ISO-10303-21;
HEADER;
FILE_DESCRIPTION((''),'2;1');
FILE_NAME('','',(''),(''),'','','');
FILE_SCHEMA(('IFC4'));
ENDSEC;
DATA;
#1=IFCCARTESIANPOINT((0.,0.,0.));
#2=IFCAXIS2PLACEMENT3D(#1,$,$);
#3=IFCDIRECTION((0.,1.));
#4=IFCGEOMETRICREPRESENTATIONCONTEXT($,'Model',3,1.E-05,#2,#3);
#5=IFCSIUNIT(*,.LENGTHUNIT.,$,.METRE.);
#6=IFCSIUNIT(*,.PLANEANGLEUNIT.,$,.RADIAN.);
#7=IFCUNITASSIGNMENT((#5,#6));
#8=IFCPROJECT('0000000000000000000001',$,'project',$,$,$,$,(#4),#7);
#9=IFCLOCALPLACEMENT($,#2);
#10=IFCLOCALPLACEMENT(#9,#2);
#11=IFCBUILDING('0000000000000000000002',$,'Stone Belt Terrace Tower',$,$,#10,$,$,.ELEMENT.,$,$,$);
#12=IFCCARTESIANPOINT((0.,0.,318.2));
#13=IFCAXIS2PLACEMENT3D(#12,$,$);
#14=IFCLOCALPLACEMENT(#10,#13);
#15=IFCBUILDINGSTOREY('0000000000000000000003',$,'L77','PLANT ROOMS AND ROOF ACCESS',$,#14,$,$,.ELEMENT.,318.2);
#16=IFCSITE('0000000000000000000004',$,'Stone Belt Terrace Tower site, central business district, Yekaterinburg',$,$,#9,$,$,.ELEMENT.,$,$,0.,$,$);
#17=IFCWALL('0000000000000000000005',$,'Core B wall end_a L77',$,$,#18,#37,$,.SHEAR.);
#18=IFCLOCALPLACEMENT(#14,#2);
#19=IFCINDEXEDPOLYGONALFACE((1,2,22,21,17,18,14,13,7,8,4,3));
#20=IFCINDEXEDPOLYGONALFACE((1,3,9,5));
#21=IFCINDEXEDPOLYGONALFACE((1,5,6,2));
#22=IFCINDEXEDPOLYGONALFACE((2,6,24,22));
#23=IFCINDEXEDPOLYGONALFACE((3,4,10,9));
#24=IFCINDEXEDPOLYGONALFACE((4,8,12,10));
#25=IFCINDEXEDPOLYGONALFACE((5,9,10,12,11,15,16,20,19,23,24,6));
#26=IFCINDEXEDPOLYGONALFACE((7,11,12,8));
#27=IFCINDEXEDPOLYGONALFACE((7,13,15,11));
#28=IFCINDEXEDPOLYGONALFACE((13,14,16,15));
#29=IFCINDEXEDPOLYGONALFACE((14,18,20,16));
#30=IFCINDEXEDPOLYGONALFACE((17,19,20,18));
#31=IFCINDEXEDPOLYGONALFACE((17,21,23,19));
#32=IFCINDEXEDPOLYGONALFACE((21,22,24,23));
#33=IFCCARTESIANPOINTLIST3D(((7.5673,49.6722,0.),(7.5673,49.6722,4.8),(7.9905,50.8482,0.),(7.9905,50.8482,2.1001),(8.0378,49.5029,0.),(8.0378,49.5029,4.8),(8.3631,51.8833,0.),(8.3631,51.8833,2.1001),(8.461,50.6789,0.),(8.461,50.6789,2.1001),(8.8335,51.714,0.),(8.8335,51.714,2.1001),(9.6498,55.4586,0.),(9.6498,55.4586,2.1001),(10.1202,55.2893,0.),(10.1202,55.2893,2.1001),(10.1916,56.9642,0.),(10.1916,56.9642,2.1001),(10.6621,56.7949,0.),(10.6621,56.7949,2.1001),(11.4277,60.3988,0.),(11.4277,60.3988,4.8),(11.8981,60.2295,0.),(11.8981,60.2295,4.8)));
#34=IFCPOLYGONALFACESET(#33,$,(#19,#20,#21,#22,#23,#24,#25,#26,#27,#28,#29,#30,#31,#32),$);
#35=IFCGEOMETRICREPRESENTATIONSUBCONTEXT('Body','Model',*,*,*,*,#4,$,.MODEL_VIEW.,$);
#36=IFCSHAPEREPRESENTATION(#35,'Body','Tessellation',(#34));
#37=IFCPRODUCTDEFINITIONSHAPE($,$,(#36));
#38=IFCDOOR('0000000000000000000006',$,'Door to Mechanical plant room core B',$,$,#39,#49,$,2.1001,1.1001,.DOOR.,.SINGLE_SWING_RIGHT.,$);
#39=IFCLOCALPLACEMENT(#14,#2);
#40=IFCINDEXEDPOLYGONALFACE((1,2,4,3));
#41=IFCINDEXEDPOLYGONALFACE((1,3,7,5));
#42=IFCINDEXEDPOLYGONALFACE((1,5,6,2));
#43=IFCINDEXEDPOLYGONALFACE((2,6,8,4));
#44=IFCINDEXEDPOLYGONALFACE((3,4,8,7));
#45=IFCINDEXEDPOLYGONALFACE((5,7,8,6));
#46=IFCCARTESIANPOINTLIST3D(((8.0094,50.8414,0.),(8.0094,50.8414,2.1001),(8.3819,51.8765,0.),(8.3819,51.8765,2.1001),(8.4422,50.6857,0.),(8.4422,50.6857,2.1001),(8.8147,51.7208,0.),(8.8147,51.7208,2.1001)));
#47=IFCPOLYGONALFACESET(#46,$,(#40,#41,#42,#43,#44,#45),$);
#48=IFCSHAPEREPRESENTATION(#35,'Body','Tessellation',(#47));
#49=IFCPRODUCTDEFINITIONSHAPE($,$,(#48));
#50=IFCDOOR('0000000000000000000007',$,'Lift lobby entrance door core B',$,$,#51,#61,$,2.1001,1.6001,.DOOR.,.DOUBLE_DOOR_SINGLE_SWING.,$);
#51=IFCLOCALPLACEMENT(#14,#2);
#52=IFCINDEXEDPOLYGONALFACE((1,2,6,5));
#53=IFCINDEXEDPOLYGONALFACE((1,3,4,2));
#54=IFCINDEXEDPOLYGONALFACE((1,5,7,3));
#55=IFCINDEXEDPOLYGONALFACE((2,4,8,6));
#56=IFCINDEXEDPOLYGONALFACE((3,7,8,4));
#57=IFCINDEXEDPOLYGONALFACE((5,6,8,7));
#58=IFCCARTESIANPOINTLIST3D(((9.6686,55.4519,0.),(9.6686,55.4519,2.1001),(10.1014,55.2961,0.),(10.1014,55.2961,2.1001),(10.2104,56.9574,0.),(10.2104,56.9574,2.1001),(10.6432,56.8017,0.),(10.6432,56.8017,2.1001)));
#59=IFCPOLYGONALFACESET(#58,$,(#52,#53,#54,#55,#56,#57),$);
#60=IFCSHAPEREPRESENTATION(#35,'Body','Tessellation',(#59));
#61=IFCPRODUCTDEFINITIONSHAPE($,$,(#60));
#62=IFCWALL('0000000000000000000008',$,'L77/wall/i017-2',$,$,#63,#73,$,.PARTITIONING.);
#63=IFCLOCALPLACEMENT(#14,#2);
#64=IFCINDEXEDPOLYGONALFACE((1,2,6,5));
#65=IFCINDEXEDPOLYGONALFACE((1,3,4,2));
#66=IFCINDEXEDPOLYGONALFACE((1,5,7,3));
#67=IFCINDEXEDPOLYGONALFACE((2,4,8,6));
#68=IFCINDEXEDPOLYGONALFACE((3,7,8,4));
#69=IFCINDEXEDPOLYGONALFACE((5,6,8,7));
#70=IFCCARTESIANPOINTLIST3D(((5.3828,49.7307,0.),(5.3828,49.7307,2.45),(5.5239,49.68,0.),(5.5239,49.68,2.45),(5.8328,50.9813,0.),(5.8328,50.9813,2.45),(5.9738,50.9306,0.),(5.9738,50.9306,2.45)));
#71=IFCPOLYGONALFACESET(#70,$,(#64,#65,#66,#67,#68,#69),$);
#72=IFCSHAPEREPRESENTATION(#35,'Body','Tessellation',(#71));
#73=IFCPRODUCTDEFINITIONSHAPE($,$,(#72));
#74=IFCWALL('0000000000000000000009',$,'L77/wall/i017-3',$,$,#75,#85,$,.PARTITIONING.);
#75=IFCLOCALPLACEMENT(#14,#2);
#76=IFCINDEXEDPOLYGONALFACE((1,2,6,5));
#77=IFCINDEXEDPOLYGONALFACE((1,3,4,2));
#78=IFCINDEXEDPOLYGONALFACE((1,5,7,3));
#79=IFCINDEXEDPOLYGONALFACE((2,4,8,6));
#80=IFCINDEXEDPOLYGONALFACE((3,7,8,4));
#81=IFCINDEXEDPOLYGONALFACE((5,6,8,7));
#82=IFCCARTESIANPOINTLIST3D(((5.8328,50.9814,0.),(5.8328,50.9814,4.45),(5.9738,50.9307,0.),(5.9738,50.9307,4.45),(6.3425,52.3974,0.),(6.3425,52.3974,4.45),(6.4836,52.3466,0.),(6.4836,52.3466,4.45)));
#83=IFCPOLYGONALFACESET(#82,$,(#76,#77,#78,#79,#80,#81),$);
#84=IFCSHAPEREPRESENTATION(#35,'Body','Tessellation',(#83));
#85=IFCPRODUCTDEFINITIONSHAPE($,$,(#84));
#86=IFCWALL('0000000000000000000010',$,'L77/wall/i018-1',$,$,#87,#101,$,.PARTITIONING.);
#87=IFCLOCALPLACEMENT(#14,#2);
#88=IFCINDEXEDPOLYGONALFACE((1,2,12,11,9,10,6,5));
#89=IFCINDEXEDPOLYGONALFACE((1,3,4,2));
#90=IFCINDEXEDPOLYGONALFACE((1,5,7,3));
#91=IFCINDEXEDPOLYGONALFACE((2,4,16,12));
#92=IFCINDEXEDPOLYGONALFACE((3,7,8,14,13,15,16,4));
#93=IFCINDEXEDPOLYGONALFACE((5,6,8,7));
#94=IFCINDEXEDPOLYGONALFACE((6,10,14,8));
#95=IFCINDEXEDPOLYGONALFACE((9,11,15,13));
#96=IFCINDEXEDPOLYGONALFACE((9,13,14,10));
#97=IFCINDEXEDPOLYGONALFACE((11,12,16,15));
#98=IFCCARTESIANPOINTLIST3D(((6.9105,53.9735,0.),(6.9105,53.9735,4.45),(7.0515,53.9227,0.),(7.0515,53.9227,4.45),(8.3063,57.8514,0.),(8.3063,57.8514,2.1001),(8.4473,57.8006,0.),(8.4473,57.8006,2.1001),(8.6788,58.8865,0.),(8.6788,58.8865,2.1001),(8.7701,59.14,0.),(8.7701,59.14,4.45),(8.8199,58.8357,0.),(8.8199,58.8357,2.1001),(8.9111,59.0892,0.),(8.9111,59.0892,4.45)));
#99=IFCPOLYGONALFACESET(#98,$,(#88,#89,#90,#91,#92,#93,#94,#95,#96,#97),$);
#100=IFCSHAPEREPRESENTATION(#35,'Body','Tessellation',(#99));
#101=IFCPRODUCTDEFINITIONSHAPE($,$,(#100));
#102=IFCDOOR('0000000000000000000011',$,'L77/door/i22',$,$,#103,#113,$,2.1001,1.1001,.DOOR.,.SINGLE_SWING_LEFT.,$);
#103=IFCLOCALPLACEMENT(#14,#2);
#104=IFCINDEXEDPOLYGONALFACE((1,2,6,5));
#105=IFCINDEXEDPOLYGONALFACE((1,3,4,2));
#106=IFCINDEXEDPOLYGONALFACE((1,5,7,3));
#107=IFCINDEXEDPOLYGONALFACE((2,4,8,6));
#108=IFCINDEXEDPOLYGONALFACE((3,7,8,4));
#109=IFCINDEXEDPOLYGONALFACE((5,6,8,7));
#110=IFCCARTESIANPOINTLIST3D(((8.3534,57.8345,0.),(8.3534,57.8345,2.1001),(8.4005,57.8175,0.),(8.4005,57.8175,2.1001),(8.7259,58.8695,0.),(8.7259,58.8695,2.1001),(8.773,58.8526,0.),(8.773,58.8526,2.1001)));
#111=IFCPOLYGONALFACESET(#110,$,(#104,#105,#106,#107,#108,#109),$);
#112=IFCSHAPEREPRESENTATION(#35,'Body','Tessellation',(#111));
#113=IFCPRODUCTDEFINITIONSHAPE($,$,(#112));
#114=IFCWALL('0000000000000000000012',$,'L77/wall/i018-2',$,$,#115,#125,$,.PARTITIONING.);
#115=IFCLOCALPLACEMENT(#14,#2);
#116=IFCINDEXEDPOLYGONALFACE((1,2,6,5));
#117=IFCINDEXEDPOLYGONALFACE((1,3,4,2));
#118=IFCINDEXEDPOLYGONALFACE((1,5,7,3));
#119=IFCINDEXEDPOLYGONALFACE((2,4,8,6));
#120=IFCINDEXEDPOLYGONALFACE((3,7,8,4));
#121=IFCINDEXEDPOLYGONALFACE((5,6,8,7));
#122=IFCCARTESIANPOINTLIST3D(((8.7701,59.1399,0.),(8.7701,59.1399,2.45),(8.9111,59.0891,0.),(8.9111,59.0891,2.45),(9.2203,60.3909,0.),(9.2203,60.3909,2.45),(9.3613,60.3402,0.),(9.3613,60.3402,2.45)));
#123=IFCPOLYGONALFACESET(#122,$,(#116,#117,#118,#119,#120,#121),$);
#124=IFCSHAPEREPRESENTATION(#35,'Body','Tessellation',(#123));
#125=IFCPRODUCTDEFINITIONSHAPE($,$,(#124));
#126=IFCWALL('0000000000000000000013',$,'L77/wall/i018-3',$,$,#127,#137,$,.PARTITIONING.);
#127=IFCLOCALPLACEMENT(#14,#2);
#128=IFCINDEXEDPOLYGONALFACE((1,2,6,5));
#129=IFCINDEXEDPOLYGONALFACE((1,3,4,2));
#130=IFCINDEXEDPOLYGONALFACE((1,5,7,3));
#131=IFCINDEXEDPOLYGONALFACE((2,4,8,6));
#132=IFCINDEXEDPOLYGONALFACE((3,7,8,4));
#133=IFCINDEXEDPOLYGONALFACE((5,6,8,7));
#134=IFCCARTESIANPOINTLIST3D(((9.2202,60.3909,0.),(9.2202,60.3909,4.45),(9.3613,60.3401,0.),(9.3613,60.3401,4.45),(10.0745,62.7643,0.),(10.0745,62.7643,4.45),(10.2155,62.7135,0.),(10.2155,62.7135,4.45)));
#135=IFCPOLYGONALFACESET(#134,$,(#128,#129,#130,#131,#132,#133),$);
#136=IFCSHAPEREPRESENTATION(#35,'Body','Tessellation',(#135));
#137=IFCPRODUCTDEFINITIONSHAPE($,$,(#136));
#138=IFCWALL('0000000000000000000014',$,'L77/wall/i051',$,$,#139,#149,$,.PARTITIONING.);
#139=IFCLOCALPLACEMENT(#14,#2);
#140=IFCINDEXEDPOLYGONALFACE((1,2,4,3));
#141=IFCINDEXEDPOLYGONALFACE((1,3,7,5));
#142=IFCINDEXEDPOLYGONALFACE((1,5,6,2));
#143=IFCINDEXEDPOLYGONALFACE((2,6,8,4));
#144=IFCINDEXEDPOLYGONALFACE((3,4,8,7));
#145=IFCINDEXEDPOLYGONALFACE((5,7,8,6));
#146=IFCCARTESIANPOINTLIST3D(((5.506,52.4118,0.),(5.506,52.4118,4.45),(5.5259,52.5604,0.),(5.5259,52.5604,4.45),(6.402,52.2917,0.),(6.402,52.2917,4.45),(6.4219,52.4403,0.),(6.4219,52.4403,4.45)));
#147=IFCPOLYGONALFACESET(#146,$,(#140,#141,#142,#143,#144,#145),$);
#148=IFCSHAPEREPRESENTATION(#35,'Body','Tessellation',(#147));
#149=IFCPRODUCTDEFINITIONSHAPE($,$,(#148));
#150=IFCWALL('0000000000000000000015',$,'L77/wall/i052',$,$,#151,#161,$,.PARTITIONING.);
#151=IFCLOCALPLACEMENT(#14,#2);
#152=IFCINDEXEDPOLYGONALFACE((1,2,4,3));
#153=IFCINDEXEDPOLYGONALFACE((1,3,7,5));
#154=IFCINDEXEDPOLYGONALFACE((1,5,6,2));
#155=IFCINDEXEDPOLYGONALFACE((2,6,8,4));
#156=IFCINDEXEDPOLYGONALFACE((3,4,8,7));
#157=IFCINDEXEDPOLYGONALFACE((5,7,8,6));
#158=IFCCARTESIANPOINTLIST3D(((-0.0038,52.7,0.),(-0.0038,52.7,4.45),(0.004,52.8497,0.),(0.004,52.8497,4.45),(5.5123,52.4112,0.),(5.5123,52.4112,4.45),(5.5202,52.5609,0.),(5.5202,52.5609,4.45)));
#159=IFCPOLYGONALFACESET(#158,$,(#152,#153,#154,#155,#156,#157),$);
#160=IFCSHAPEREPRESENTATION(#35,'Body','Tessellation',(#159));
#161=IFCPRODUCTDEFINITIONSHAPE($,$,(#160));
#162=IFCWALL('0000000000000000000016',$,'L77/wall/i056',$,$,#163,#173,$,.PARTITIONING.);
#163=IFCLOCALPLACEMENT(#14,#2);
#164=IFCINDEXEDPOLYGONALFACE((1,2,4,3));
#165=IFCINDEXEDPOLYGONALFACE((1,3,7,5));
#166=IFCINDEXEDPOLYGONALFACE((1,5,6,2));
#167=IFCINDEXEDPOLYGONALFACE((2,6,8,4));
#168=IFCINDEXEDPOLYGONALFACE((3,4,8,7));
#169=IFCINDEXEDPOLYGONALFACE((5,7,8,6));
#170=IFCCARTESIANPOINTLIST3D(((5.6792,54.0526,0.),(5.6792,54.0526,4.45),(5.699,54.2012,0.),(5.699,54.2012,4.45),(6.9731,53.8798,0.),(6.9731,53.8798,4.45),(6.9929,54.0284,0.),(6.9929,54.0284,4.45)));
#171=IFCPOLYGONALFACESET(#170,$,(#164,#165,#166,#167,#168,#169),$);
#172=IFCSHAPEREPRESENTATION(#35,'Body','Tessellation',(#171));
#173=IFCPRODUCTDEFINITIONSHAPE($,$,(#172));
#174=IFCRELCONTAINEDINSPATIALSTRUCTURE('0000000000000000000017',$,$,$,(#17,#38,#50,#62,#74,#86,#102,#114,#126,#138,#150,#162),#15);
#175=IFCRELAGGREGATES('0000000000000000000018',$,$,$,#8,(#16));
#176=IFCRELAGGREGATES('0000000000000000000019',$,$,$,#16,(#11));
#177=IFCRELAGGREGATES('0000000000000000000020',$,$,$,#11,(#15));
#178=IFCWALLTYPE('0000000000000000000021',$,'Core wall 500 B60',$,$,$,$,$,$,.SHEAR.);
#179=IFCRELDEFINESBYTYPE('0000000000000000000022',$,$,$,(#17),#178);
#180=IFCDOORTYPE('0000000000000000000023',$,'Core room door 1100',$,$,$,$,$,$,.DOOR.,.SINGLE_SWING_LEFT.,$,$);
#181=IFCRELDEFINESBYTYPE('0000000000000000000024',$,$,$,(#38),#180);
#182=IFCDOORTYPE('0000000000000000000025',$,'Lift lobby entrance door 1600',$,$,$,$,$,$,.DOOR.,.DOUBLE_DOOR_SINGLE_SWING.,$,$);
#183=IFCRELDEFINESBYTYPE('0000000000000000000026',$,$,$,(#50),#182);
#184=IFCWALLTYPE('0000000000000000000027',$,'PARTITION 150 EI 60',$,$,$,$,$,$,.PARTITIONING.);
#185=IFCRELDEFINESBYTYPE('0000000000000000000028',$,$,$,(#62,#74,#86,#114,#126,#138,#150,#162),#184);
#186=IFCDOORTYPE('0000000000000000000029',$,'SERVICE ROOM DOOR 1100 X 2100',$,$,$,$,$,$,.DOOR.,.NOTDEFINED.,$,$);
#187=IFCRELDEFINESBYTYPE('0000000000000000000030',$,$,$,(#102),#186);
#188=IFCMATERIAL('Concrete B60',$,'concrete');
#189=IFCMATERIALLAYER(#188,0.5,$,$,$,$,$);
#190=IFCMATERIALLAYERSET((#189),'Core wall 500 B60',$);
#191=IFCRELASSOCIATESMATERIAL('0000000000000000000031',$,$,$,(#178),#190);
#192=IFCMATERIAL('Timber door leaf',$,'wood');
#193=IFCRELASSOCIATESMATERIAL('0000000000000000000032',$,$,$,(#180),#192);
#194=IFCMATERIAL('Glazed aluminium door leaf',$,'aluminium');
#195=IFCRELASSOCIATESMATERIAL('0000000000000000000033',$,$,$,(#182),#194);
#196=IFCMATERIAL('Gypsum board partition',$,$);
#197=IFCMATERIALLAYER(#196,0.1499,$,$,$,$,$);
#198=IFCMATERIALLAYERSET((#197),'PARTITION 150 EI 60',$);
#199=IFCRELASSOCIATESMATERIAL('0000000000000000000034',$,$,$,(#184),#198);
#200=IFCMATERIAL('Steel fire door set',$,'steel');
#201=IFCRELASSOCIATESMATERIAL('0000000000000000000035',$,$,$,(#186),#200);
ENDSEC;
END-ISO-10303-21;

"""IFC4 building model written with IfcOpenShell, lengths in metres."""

from ifc_helpers import new_model, si_unit, direction, frame, frame_2d, origin, place, context, subcontext, project, spatial, rectangle, extrude, material, layer, layer_set, type_object, element, fill, save


model = new_model("IFC4")

# Units and contexts
model_context = context("Model", 3, precision=1e-05, world=origin(), true_north=direction((0.0, 1.0)))
body_context = subcontext(model_context, "Body", "Model", "MODEL_VIEW")
ifc_project = project(units=[si_unit("LENGTHUNIT", "METRE"), si_unit("PLANEANGLEUNIT", "RADIAN")], contexts=[model_context])

# Site, building, storey
site_placement = place(None, origin())
site = spatial("IfcSite", under=ifc_project, at=site_placement, Name="Stone Belt Terrace Tower site, central business district, Yekaterinburg", CompositionType="ELEMENT", RefElevation=0.0)
building_placement = place(site_placement, origin())
building = spatial("IfcBuilding", under=site, at=building_placement, Name="Stone Belt Terrace Tower", CompositionType="ELEMENT")
storey_placement = place(building_placement, frame((0.0, 0.0, 318.2)))
storey = spatial("IfcBuildingStorey", under=building, at=storey_placement, Name="L77", Description="PLANT ROOMS AND ROOF ACCESS", CompositionType="ELEMENT", Elevation=318.2)

# Shared definitions
ifc_material_1 = material(Name="Concrete B60", Category="concrete")

# Wall, openings, doors
ifc_layer_1 = layer(ifc_material_1, 0.5)
ifc_layer_set_1 = layer_set([ifc_layer_1], Name="Core wall 500 B60")
wall_type_1 = type_object("IfcWallType", Name="Core wall 500 B60", PredefinedType="SHEAR", material=ifc_layer_set_1)
wall_1_placement = place(storey_placement, frame((7.8025, 49.5874, 0.0), z_axis=(0.0, 0.0, 1.0), x_axis=(0.338625, 0.940921, 0.0)))
wall_1 = element("IfcWall", 1, at=wall_1_placement, inside=storey, type_object=wall_type_1, Name="Core B wall end_a L77", PredefinedType="SHEAR", context=body_context, shape_type="SweptSolid", body=[
    extrude(rectangle(XDim=11.4001, YDim=0.5, at=frame_2d((5.7002, 0.0))), origin(), (0.0, 0.0, 1.0), 4.8),
])
opening_1_placement = place(wall_1_placement, frame((6.1499, 0.0, 0.0)))
opening_1 = element("IfcOpeningElement", 2, at=opening_1_placement, cuts=wall_1, PredefinedType="OPENING", context=body_context, shape_type="SweptSolid", body=[
    extrude(rectangle(XDim=1.6001, YDim=2.1001, at=frame_2d((0.8, 1.05))), frame((0.0, 0.26, 0.0), z_axis=(0.0, -1.0, 0.0), x_axis=(1.0, 0.0, 0.0)), (0.0, 0.0, 1.0), 0.52),
])
opening_2_placement = place(wall_1_placement, frame((1.25, 0.0, 0.0)))
opening_2 = element("IfcOpeningElement", 3, at=opening_2_placement, cuts=wall_1, PredefinedType="OPENING", context=body_context, shape_type="SweptSolid", body=[
    extrude(rectangle(XDim=1.1001, YDim=2.1001, at=frame_2d((0.55, 1.05))), frame((0.0, 0.26, 0.0), z_axis=(0.0, -1.0, 0.0), x_axis=(1.0, 0.0, 0.0)), (0.0, 0.0, 1.0), 0.52),
])
ifc_material_2 = material(Name="Timber door leaf", Category="wood")
door_type_1 = type_object("IfcDoorType", Name="Core room door 1100", OperationType="SINGLE_SWING_LEFT", PredefinedType="DOOR", material=ifc_material_2)
door_1_placement = place(opening_2_placement, origin())
door_1 = element("IfcDoor", 4, at=door_1_placement, inside=storey, type_object=door_type_1, Name="Door to Mechanical plant room core B", OperationType="SINGLE_SWING_RIGHT", OverallHeight=2.1001, OverallWidth=1.1001, PredefinedType="DOOR", context=body_context, shape_type="SweptSolid", body=[
    extrude(rectangle(XDim=1.1001, YDim=2.1001, at=frame_2d((0.55, 1.05))), frame((0.0, 0.23, 0.0), z_axis=(0.0, -1.0, 0.0), x_axis=(1.0, 0.0, 0.0)), (0.0, 0.0, 1.0), 0.46),
])
fill(opening_2, door_1)
ifc_material_3 = material(Name="Glazed aluminium door leaf", Category="aluminium")
door_type_2 = type_object("IfcDoorType", Name="Lift lobby entrance door 1600", OperationType="DOUBLE_DOOR_SINGLE_SWING", PredefinedType="DOOR", material=ifc_material_3)
door_2_placement = place(opening_1_placement, origin())
door_2 = element("IfcDoor", 5, at=door_2_placement, inside=storey, type_object=door_type_2, Name="Lift lobby entrance door core B", OperationType="DOUBLE_DOOR_SINGLE_SWING", OverallHeight=2.1001, OverallWidth=1.6001, PredefinedType="DOOR", context=body_context, shape_type="SweptSolid", body=[
    extrude(rectangle(XDim=1.6001, YDim=2.1001, at=frame_2d((0.8, 1.05))), frame((0.0, 0.23, 0.0), z_axis=(0.0, -1.0, 0.0), x_axis=(1.0, 0.0, 0.0)), (0.0, 0.0, 1.0), 0.46),
])
fill(opening_1, door_2)

# Walls
ifc_material_4 = material(Name="Gypsum board partition")
ifc_layer_2 = layer(ifc_material_4, 0.1499)
ifc_layer_set_2 = layer_set([ifc_layer_2], Name="PARTITION 150 EI 60")
wall_type_2 = type_object("IfcWallType", Name="PARTITION 150 EI 60", PredefinedType="PARTITIONING", material=ifc_layer_set_2)
wall_2_placement = place(storey_placement, frame((5.4534, 49.7053, 0.0), z_axis=(0.0, 0.0, 1.0), x_axis=(0.338511, 0.940962, 0.0)))
element("IfcWall", 6, at=wall_2_placement, inside=storey, type_object=wall_type_2, Name="L77/wall/i017-2", PredefinedType="PARTITIONING", context=body_context, shape_type="SweptSolid", body=[
    extrude(rectangle(XDim=1.3291, YDim=0.1499, at=frame_2d((0.6646, 0.0))), origin(), (0.0, 0.0, 1.0), 2.45),
])
wall_3_placement = place(storey_placement, frame((5.9033, 50.9561, 0.0), z_axis=(0.0, 0.0, 1.0), x_axis=(0.338719, 0.940887, 0.0)))
element("IfcWall", 7, at=wall_3_placement, inside=storey, type_object=wall_type_2, Name="L77/wall/i017-3", PredefinedType="PARTITIONING", context=body_context, shape_type="SweptSolid", body=[
    extrude(rectangle(XDim=1.5049, YDim=0.1499, at=frame_2d((0.7524, 0.0))), origin(), (0.0, 0.0, 1.0), 4.45),
])

# Wall, opening, door
wall_4_placement = place(storey_placement, frame((6.981, 53.948, 0.0), z_axis=(0.0, 0.0, 1.0), x_axis=(0.338668, 0.940906, 0.0)))
wall_4 = element("IfcWall", 8, at=wall_4_placement, inside=storey, type_object=wall_type_2, Name="L77/wall/i018-1", PredefinedType="PARTITIONING", context=body_context, shape_type="SweptSolid", body=[
    extrude(rectangle(XDim=5.491, YDim=0.1499, at=frame_2d((2.7456, 0.0))), origin(), (0.0, 0.0, 1.0), 4.45),
])
opening_3_placement = place(wall_4_placement, frame((4.1216, 0.0, 0.0)))
opening_3 = element("IfcOpeningElement", 9, at=opening_3_placement, cuts=wall_4, PredefinedType="OPENING", context=body_context, shape_type="SweptSolid", body=[
    extrude(rectangle(XDim=1.1001, YDim=2.1001, at=frame_2d((0.55, 1.05))), frame((0.0, 0.085, 0.0), z_axis=(0.0, -1.0, 0.0), x_axis=(1.0, 0.0, 0.0)), (0.0, 0.0, 1.0), 0.1699),
])
ifc_material_5 = material(Name="Steel fire door set", Category="steel")
door_type_3 = type_object("IfcDoorType", Name="SERVICE ROOM DOOR 1100 X 2100", OperationType="NOTDEFINED", PredefinedType="DOOR", material=ifc_material_5)
door_3_placement = place(opening_3_placement, origin())
door_3 = element("IfcDoor", 10, at=door_3_placement, inside=storey, type_object=door_type_3, Name="L77/door/i22", OperationType="SINGLE_SWING_LEFT", OverallHeight=2.1001, OverallWidth=1.1001, PredefinedType="DOOR", context=body_context, shape_type="SweptSolid", body=[
    extrude(rectangle(XDim=1.1001, YDim=2.1001, at=frame_2d((0.55, 1.05))), frame((0.0, 0.0249, 0.0), z_axis=(0.0, -1.0, 0.0), x_axis=(1.0, 0.0, 0.0)), (0.0, 0.0, 1.0), 0.05),
])
fill(opening_3, door_3)

# Walls
wall_5_placement = place(storey_placement, frame((8.8406, 59.1145, 0.0), z_axis=(0.0, 0.0, 1.0), x_axis=(0.338615, 0.940925, 0.0)))
element("IfcWall", 11, at=wall_5_placement, inside=storey, type_object=wall_type_2, Name="L77/wall/i018-2", PredefinedType="PARTITIONING", context=body_context, shape_type="SweptSolid", body=[
    extrude(rectangle(XDim=1.3296, YDim=0.1499, at=frame_2d((0.6648, 0.0))), origin(), (0.0, 0.0, 1.0), 2.45),
])
wall_6_placement = place(storey_placement, frame((9.2908, 60.3655, 0.0), z_axis=(0.0, 0.0, 1.0), x_axis=(0.338641, 0.940916, 0.0)))
element("IfcWall", 12, at=wall_6_placement, inside=storey, type_object=wall_type_2, Name="L77/wall/i018-3", PredefinedType="PARTITIONING", context=body_context, shape_type="SweptSolid", body=[
    extrude(rectangle(XDim=2.5225, YDim=0.1499, at=frame_2d((1.2612, 0.0))), origin(), (0.0, 0.0, 1.0), 4.45),
])
wall_7_placement = place(storey_placement, frame((6.4121, 52.366, 0.0), z_axis=(0.0, 0.0, 1.0), x_axis=(-0.991133, 0.132871, 0.0)))
element("IfcWall", 13, at=wall_7_placement, inside=storey, type_object=wall_type_2, Name="L77/wall/i051", PredefinedType="PARTITIONING", context=body_context, shape_type="SweptSolid", body=[
    extrude(rectangle(XDim=0.9041, YDim=0.1499, at=frame_2d((0.4521, 0.0))), origin(), (0.0, 0.0, 1.0), 4.45),
])
wall_8_placement = place(storey_placement, frame((5.5161, 52.4861, 0.0), z_axis=(0.0, 0.0, 1.0), x_axis=(-0.998632, 0.052287, 0.0)))
element("IfcWall", 14, at=wall_8_placement, inside=storey, type_object=wall_type_2, Name="L77/wall/i052", PredefinedType="PARTITIONING", context=body_context, shape_type="SweptSolid", body=[
    extrude(rectangle(XDim=5.5237, YDim=0.1499, at=frame_2d((2.7617, 0.0))), origin(), (0.0, 0.0, 1.0), 4.45),
])
wall_9_placement = place(storey_placement, frame((5.689, 54.127, 0.0), z_axis=(0.0, 0.0, 1.0), x_axis=(0.991195, -0.132409, 0.0)))
element("IfcWall", 15, at=wall_9_placement, inside=storey, type_object=wall_type_2, Name="L77/wall/i056", PredefinedType="PARTITIONING", context=body_context, shape_type="SweptSolid", body=[
    extrude(rectangle(XDim=1.3054, YDim=0.1499, at=frame_2d((0.6528, 0.0))), origin(), (0.0, 0.0, 1.0), 4.45),
])

save(model, "model.ifc")
